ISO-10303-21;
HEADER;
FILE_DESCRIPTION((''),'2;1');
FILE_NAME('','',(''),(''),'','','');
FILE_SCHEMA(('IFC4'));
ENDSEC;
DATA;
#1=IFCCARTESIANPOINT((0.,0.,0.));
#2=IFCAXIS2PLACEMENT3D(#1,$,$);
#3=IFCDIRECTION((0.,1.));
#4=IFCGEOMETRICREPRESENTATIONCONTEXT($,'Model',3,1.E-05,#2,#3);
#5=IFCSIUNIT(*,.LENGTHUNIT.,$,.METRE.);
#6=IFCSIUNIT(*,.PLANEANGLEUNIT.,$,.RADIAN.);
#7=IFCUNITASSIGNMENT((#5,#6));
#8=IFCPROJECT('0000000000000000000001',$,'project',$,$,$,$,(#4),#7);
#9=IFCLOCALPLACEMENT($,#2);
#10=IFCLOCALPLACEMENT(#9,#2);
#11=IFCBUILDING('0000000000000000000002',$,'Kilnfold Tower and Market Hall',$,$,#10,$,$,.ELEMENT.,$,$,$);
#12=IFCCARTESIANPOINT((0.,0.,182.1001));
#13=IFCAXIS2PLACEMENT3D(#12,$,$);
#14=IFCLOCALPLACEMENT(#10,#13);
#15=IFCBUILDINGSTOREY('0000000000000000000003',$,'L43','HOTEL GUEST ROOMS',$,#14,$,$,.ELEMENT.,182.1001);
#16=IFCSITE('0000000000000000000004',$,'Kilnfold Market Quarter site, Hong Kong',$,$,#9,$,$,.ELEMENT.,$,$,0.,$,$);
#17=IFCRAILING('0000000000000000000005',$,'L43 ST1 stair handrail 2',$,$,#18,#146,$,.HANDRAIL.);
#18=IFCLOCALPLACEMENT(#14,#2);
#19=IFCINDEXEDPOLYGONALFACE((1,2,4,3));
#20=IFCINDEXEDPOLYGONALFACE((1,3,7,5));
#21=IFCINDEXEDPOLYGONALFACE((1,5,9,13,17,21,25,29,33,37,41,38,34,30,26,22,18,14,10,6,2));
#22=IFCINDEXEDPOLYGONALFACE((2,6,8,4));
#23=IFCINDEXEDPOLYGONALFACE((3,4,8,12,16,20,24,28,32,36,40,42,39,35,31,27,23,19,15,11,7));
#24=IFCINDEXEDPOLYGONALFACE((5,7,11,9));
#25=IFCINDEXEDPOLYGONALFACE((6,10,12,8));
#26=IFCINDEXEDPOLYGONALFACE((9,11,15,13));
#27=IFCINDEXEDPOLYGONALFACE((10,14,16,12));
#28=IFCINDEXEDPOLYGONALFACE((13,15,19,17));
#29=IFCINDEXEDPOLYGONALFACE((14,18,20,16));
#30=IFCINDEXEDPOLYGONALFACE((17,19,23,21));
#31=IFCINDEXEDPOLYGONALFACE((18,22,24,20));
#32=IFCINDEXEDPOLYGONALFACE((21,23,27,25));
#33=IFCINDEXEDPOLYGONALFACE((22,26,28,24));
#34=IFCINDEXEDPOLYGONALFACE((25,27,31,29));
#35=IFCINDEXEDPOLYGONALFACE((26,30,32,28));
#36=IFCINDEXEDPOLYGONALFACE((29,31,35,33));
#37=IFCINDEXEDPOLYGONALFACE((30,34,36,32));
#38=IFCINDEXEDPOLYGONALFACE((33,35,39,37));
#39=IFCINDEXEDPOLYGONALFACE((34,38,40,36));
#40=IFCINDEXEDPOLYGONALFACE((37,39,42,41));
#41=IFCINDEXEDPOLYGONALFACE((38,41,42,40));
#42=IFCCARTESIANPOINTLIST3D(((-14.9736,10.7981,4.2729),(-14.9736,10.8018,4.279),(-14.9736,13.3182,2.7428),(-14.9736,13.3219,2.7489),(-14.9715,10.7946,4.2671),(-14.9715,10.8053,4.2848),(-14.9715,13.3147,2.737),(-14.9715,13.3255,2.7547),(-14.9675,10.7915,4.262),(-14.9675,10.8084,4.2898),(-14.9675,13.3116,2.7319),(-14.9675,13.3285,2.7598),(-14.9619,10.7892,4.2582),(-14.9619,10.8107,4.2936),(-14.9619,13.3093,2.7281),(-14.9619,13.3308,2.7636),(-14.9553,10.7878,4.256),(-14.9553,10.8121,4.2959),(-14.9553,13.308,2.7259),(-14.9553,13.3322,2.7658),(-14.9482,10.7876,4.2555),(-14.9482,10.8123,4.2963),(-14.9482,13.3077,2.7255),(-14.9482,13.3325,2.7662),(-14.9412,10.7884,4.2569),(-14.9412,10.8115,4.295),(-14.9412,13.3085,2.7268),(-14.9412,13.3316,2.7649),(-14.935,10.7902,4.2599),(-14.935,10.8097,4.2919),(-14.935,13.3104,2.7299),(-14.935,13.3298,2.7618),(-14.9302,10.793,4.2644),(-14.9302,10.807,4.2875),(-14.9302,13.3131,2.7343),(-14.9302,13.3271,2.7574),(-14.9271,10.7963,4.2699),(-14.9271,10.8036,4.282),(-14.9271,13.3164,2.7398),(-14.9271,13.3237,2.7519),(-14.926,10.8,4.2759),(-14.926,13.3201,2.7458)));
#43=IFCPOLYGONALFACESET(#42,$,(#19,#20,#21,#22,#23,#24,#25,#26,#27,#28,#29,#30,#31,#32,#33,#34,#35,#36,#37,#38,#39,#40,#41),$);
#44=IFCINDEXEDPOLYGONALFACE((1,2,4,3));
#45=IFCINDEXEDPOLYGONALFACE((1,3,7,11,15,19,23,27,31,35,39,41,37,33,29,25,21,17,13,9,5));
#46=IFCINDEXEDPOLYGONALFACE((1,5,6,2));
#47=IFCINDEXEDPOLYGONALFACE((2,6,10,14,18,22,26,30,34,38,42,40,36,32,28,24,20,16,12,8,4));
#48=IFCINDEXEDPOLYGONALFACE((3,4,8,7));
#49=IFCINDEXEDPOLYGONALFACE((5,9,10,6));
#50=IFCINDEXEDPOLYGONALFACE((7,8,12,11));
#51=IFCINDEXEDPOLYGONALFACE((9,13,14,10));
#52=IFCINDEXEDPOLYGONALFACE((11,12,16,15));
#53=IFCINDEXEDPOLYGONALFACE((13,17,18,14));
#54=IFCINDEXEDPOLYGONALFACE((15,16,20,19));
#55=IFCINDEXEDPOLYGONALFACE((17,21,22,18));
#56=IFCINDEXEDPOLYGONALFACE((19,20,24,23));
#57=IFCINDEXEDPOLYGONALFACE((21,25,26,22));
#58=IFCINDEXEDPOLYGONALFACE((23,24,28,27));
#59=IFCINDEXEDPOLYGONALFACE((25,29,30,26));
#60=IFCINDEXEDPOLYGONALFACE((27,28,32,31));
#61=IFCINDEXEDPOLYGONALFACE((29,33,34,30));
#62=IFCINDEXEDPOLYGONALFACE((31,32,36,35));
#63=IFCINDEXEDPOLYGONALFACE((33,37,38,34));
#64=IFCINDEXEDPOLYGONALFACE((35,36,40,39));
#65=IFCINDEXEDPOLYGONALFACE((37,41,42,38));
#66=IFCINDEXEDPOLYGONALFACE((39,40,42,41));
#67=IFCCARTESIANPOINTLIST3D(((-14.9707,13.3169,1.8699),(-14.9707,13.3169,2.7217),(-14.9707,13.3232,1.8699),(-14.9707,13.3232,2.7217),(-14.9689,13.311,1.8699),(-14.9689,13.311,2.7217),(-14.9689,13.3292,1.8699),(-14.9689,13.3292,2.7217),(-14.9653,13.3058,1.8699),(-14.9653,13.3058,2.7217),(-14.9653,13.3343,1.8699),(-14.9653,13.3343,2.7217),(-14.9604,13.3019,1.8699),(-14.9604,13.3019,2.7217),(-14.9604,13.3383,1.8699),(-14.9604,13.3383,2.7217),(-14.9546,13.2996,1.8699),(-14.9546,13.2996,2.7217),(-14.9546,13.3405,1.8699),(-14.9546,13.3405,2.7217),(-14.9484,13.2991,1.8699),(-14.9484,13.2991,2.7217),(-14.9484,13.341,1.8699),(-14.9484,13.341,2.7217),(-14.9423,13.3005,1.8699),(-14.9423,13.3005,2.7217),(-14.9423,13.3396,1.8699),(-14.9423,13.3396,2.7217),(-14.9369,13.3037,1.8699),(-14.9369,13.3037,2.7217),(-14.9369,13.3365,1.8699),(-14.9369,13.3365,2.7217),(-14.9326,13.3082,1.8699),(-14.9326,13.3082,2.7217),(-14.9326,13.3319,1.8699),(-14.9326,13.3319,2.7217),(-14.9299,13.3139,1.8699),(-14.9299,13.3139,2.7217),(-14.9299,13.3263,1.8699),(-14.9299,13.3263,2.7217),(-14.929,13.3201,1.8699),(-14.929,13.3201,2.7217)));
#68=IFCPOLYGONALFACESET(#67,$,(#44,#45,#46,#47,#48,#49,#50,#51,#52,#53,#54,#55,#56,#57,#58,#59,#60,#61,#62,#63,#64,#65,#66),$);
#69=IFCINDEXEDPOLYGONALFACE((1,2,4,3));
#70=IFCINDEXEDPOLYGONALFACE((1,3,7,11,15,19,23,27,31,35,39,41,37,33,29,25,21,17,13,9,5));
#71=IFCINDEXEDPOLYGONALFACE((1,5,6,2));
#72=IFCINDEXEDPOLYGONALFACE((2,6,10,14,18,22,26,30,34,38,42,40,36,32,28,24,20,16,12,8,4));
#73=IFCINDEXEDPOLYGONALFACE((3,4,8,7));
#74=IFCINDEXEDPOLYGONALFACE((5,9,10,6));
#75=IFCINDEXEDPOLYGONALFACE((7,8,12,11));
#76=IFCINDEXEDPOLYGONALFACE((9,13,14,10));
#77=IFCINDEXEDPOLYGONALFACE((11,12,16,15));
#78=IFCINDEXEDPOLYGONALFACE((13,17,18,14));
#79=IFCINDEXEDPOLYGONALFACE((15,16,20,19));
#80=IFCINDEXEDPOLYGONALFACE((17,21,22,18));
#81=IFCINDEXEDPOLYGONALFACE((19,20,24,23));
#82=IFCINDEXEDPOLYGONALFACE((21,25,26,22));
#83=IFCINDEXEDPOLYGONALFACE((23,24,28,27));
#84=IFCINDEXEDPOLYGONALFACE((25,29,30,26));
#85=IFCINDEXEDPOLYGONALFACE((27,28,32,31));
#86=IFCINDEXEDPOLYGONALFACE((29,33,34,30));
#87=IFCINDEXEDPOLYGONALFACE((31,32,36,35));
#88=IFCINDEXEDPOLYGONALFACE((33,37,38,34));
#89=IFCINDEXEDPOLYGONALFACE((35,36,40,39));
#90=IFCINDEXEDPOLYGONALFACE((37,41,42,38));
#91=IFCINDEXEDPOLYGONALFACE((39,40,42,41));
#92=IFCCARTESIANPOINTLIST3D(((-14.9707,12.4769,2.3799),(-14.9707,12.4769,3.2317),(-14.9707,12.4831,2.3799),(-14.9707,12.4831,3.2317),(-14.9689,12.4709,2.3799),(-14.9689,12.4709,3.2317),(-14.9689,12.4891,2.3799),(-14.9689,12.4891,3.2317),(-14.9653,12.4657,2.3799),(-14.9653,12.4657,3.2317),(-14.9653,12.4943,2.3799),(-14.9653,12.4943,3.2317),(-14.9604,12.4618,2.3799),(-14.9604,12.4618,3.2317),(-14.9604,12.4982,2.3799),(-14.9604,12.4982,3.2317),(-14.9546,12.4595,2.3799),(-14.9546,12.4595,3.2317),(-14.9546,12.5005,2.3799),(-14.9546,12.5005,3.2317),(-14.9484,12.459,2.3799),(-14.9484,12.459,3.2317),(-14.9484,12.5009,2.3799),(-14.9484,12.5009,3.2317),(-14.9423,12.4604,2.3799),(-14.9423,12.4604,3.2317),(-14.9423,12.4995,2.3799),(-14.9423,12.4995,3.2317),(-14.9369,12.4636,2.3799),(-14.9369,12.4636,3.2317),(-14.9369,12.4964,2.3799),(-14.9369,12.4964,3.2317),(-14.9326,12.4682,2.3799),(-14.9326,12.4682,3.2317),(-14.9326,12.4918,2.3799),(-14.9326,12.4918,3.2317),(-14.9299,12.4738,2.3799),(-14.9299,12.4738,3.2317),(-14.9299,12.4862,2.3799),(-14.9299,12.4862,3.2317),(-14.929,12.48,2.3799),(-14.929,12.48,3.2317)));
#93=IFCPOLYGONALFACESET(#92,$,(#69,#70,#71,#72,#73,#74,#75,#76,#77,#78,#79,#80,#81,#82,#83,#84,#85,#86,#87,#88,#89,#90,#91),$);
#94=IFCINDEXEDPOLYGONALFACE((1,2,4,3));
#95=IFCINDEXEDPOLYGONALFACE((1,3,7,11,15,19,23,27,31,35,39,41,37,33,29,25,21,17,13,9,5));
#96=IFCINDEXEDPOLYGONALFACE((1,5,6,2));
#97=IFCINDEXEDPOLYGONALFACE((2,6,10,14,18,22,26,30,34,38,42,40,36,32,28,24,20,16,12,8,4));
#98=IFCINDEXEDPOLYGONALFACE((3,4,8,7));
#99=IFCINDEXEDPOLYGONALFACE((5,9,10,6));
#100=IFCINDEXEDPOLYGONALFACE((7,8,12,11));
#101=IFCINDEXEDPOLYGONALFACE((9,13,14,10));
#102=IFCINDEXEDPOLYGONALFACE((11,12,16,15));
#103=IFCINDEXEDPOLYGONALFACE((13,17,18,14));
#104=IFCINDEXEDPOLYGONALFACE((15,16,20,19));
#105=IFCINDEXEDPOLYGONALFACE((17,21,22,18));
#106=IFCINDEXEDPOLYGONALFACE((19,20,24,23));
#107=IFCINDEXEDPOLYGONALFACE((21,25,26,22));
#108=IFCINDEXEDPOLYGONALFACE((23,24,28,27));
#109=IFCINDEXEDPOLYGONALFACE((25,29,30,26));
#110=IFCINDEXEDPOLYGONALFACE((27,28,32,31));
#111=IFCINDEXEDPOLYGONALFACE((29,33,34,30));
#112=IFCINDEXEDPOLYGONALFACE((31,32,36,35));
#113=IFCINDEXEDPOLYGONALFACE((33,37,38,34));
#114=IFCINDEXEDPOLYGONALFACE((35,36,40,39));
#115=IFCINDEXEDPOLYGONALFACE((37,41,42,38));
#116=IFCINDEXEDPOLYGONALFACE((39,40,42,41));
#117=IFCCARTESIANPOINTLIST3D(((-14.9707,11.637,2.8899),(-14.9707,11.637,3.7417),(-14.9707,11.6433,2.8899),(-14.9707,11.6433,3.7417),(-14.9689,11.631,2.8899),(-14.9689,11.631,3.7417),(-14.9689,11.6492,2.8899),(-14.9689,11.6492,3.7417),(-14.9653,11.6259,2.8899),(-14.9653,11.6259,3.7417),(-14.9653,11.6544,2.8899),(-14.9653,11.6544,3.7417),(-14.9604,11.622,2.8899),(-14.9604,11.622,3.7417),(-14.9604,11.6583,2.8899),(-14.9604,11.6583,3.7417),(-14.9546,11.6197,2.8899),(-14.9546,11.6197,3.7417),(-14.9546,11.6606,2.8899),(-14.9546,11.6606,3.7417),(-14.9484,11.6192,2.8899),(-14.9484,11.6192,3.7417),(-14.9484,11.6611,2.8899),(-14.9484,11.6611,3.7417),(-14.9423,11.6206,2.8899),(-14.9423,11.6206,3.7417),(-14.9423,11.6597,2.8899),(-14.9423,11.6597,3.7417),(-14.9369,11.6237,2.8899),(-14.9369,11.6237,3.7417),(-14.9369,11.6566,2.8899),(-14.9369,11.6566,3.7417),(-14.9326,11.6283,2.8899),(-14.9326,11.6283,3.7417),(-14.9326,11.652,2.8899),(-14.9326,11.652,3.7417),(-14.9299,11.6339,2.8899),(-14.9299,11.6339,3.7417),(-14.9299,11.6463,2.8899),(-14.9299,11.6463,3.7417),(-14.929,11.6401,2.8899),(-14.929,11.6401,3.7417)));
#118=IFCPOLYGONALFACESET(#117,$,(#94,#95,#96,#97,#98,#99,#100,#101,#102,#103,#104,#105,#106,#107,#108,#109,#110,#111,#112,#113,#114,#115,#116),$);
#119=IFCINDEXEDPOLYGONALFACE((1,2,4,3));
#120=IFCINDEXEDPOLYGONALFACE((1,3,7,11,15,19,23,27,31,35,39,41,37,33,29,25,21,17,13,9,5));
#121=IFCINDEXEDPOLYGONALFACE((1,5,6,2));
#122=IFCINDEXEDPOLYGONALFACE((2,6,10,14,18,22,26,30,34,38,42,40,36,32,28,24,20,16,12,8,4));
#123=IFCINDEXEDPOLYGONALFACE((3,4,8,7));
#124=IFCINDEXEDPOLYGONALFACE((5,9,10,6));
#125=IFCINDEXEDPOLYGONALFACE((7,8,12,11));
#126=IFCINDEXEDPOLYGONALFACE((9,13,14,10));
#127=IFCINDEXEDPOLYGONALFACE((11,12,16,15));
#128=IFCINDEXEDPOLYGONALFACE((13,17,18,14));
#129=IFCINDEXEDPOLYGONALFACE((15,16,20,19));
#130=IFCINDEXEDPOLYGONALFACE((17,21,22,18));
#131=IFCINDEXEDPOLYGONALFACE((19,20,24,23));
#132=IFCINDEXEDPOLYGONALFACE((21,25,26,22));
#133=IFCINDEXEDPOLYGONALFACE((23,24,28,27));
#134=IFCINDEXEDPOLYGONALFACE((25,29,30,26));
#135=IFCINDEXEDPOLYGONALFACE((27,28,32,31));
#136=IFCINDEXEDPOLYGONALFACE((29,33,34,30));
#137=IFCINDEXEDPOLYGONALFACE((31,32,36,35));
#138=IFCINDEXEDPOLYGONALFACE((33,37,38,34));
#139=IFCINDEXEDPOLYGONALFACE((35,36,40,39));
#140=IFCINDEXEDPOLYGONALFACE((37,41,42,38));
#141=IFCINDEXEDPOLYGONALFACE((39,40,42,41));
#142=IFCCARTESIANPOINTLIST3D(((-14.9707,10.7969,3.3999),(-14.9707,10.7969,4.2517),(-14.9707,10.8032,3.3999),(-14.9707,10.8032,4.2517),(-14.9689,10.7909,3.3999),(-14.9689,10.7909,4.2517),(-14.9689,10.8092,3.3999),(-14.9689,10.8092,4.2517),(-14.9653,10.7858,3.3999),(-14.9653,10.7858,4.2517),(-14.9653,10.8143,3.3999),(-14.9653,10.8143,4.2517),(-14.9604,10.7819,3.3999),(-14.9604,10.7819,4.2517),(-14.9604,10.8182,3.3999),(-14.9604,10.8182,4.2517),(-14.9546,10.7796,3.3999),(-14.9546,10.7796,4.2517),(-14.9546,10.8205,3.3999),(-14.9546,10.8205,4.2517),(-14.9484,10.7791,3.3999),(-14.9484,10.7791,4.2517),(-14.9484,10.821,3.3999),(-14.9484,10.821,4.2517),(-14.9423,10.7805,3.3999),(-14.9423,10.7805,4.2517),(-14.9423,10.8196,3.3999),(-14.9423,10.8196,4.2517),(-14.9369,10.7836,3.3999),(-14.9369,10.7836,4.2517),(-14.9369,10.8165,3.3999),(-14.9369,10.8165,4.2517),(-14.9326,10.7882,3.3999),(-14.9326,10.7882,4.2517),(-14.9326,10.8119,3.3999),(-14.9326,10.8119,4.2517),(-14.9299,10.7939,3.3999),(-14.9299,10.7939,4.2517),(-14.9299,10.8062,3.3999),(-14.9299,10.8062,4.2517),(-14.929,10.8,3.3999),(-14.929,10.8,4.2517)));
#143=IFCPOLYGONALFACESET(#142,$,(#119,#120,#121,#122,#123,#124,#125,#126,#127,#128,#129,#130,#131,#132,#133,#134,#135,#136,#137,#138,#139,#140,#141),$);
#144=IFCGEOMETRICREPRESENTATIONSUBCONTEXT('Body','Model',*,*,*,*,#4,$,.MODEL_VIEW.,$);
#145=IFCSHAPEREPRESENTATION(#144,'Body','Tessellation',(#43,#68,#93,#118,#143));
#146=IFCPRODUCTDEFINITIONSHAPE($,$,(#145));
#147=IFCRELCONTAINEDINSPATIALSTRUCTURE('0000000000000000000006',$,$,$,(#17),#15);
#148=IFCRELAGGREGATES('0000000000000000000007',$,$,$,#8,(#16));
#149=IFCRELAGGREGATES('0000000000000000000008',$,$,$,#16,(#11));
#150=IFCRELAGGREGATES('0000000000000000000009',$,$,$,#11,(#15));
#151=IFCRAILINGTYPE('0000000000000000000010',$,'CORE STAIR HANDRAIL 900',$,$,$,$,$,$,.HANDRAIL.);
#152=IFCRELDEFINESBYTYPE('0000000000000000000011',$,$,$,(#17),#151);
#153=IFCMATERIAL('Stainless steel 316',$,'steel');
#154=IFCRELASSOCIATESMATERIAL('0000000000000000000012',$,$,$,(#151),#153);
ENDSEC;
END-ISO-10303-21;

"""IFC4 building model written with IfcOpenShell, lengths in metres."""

from ifc_helpers import new_model, si_unit, direction, frame, origin, origin_2d, place, context, subcontext, project, spatial, circle, extrude, material, type_object, element, save


model = new_model("IFC4")

# Units and contexts
model_context = context("Model", 3, precision=1e-05, world=origin(), true_north=direction((0.0, 1.0)))
body_context = subcontext(model_context, "Body", "Model", "MODEL_VIEW")
ifc_project = project(units=[si_unit("LENGTHUNIT", "METRE"), si_unit("PLANEANGLEUNIT", "RADIAN")], contexts=[model_context])

# Site, building, storey
site_placement = place(None, origin())
site = spatial("IfcSite", under=ifc_project, at=site_placement, Name="Kilnfold Market Quarter site, Hong Kong", CompositionType="ELEMENT", RefElevation=0.0)
building_placement = place(site_placement, origin())
building = spatial("IfcBuilding", under=site, at=building_placement, Name="Kilnfold Tower and Market Hall", CompositionType="ELEMENT")
storey_placement = place(building_placement, frame((0.0, 0.0, 182.1001)))
storey = spatial("IfcBuildingStorey", under=building, at=storey_placement, Name="L43", Description="HOTEL GUEST ROOMS", CompositionType="ELEMENT", Elevation=182.1001)

# Railing
ifc_material_1 = material(Name="Stainless steel 316", Category="steel")
railing_type_1 = type_object("IfcRailingType", Name="CORE STAIR HANDRAIL 900", PredefinedType="HANDRAIL", material=ifc_material_1)
railing_1_placement = place(storey_placement, frame((-14.95, 13.3201, 1.8699)))
element("IfcRailing", 1, at=railing_1_placement, inside=storey, type_object=railing_type_1, Name="L43 ST1 stair handrail 2", PredefinedType="HANDRAIL", context=body_context, shape_type="SweptSolid", body=[
    extrude(circle(Radius=0.0239, at=origin_2d()), frame((0.0, 0.0, 0.876), z_axis=(0.0, -0.854785, 0.518982), x_axis=(1.0, 0.0, 0.0)), (0.0, 0.0, 1.0), 2.9482),
    extrude(circle(Radius=0.021, at=origin_2d()), origin(), (0.0, 0.0, 1.0), 0.8518),
    extrude(circle(Radius=0.021, at=origin_2d()), frame((0.0, -0.8401, 0.51)), (0.0, 0.0, 1.0), 0.8518),
    extrude(circle(Radius=0.021, at=origin_2d()), frame((0.0, -1.6799, 1.02)), (0.0, 0.0, 1.0), 0.8518),
    extrude(circle(Radius=0.021, at=origin_2d()), frame((0.0, -2.52, 1.53)), (0.0, 0.0, 1.0), 0.8518),
])

save(model, "model.ifc")
